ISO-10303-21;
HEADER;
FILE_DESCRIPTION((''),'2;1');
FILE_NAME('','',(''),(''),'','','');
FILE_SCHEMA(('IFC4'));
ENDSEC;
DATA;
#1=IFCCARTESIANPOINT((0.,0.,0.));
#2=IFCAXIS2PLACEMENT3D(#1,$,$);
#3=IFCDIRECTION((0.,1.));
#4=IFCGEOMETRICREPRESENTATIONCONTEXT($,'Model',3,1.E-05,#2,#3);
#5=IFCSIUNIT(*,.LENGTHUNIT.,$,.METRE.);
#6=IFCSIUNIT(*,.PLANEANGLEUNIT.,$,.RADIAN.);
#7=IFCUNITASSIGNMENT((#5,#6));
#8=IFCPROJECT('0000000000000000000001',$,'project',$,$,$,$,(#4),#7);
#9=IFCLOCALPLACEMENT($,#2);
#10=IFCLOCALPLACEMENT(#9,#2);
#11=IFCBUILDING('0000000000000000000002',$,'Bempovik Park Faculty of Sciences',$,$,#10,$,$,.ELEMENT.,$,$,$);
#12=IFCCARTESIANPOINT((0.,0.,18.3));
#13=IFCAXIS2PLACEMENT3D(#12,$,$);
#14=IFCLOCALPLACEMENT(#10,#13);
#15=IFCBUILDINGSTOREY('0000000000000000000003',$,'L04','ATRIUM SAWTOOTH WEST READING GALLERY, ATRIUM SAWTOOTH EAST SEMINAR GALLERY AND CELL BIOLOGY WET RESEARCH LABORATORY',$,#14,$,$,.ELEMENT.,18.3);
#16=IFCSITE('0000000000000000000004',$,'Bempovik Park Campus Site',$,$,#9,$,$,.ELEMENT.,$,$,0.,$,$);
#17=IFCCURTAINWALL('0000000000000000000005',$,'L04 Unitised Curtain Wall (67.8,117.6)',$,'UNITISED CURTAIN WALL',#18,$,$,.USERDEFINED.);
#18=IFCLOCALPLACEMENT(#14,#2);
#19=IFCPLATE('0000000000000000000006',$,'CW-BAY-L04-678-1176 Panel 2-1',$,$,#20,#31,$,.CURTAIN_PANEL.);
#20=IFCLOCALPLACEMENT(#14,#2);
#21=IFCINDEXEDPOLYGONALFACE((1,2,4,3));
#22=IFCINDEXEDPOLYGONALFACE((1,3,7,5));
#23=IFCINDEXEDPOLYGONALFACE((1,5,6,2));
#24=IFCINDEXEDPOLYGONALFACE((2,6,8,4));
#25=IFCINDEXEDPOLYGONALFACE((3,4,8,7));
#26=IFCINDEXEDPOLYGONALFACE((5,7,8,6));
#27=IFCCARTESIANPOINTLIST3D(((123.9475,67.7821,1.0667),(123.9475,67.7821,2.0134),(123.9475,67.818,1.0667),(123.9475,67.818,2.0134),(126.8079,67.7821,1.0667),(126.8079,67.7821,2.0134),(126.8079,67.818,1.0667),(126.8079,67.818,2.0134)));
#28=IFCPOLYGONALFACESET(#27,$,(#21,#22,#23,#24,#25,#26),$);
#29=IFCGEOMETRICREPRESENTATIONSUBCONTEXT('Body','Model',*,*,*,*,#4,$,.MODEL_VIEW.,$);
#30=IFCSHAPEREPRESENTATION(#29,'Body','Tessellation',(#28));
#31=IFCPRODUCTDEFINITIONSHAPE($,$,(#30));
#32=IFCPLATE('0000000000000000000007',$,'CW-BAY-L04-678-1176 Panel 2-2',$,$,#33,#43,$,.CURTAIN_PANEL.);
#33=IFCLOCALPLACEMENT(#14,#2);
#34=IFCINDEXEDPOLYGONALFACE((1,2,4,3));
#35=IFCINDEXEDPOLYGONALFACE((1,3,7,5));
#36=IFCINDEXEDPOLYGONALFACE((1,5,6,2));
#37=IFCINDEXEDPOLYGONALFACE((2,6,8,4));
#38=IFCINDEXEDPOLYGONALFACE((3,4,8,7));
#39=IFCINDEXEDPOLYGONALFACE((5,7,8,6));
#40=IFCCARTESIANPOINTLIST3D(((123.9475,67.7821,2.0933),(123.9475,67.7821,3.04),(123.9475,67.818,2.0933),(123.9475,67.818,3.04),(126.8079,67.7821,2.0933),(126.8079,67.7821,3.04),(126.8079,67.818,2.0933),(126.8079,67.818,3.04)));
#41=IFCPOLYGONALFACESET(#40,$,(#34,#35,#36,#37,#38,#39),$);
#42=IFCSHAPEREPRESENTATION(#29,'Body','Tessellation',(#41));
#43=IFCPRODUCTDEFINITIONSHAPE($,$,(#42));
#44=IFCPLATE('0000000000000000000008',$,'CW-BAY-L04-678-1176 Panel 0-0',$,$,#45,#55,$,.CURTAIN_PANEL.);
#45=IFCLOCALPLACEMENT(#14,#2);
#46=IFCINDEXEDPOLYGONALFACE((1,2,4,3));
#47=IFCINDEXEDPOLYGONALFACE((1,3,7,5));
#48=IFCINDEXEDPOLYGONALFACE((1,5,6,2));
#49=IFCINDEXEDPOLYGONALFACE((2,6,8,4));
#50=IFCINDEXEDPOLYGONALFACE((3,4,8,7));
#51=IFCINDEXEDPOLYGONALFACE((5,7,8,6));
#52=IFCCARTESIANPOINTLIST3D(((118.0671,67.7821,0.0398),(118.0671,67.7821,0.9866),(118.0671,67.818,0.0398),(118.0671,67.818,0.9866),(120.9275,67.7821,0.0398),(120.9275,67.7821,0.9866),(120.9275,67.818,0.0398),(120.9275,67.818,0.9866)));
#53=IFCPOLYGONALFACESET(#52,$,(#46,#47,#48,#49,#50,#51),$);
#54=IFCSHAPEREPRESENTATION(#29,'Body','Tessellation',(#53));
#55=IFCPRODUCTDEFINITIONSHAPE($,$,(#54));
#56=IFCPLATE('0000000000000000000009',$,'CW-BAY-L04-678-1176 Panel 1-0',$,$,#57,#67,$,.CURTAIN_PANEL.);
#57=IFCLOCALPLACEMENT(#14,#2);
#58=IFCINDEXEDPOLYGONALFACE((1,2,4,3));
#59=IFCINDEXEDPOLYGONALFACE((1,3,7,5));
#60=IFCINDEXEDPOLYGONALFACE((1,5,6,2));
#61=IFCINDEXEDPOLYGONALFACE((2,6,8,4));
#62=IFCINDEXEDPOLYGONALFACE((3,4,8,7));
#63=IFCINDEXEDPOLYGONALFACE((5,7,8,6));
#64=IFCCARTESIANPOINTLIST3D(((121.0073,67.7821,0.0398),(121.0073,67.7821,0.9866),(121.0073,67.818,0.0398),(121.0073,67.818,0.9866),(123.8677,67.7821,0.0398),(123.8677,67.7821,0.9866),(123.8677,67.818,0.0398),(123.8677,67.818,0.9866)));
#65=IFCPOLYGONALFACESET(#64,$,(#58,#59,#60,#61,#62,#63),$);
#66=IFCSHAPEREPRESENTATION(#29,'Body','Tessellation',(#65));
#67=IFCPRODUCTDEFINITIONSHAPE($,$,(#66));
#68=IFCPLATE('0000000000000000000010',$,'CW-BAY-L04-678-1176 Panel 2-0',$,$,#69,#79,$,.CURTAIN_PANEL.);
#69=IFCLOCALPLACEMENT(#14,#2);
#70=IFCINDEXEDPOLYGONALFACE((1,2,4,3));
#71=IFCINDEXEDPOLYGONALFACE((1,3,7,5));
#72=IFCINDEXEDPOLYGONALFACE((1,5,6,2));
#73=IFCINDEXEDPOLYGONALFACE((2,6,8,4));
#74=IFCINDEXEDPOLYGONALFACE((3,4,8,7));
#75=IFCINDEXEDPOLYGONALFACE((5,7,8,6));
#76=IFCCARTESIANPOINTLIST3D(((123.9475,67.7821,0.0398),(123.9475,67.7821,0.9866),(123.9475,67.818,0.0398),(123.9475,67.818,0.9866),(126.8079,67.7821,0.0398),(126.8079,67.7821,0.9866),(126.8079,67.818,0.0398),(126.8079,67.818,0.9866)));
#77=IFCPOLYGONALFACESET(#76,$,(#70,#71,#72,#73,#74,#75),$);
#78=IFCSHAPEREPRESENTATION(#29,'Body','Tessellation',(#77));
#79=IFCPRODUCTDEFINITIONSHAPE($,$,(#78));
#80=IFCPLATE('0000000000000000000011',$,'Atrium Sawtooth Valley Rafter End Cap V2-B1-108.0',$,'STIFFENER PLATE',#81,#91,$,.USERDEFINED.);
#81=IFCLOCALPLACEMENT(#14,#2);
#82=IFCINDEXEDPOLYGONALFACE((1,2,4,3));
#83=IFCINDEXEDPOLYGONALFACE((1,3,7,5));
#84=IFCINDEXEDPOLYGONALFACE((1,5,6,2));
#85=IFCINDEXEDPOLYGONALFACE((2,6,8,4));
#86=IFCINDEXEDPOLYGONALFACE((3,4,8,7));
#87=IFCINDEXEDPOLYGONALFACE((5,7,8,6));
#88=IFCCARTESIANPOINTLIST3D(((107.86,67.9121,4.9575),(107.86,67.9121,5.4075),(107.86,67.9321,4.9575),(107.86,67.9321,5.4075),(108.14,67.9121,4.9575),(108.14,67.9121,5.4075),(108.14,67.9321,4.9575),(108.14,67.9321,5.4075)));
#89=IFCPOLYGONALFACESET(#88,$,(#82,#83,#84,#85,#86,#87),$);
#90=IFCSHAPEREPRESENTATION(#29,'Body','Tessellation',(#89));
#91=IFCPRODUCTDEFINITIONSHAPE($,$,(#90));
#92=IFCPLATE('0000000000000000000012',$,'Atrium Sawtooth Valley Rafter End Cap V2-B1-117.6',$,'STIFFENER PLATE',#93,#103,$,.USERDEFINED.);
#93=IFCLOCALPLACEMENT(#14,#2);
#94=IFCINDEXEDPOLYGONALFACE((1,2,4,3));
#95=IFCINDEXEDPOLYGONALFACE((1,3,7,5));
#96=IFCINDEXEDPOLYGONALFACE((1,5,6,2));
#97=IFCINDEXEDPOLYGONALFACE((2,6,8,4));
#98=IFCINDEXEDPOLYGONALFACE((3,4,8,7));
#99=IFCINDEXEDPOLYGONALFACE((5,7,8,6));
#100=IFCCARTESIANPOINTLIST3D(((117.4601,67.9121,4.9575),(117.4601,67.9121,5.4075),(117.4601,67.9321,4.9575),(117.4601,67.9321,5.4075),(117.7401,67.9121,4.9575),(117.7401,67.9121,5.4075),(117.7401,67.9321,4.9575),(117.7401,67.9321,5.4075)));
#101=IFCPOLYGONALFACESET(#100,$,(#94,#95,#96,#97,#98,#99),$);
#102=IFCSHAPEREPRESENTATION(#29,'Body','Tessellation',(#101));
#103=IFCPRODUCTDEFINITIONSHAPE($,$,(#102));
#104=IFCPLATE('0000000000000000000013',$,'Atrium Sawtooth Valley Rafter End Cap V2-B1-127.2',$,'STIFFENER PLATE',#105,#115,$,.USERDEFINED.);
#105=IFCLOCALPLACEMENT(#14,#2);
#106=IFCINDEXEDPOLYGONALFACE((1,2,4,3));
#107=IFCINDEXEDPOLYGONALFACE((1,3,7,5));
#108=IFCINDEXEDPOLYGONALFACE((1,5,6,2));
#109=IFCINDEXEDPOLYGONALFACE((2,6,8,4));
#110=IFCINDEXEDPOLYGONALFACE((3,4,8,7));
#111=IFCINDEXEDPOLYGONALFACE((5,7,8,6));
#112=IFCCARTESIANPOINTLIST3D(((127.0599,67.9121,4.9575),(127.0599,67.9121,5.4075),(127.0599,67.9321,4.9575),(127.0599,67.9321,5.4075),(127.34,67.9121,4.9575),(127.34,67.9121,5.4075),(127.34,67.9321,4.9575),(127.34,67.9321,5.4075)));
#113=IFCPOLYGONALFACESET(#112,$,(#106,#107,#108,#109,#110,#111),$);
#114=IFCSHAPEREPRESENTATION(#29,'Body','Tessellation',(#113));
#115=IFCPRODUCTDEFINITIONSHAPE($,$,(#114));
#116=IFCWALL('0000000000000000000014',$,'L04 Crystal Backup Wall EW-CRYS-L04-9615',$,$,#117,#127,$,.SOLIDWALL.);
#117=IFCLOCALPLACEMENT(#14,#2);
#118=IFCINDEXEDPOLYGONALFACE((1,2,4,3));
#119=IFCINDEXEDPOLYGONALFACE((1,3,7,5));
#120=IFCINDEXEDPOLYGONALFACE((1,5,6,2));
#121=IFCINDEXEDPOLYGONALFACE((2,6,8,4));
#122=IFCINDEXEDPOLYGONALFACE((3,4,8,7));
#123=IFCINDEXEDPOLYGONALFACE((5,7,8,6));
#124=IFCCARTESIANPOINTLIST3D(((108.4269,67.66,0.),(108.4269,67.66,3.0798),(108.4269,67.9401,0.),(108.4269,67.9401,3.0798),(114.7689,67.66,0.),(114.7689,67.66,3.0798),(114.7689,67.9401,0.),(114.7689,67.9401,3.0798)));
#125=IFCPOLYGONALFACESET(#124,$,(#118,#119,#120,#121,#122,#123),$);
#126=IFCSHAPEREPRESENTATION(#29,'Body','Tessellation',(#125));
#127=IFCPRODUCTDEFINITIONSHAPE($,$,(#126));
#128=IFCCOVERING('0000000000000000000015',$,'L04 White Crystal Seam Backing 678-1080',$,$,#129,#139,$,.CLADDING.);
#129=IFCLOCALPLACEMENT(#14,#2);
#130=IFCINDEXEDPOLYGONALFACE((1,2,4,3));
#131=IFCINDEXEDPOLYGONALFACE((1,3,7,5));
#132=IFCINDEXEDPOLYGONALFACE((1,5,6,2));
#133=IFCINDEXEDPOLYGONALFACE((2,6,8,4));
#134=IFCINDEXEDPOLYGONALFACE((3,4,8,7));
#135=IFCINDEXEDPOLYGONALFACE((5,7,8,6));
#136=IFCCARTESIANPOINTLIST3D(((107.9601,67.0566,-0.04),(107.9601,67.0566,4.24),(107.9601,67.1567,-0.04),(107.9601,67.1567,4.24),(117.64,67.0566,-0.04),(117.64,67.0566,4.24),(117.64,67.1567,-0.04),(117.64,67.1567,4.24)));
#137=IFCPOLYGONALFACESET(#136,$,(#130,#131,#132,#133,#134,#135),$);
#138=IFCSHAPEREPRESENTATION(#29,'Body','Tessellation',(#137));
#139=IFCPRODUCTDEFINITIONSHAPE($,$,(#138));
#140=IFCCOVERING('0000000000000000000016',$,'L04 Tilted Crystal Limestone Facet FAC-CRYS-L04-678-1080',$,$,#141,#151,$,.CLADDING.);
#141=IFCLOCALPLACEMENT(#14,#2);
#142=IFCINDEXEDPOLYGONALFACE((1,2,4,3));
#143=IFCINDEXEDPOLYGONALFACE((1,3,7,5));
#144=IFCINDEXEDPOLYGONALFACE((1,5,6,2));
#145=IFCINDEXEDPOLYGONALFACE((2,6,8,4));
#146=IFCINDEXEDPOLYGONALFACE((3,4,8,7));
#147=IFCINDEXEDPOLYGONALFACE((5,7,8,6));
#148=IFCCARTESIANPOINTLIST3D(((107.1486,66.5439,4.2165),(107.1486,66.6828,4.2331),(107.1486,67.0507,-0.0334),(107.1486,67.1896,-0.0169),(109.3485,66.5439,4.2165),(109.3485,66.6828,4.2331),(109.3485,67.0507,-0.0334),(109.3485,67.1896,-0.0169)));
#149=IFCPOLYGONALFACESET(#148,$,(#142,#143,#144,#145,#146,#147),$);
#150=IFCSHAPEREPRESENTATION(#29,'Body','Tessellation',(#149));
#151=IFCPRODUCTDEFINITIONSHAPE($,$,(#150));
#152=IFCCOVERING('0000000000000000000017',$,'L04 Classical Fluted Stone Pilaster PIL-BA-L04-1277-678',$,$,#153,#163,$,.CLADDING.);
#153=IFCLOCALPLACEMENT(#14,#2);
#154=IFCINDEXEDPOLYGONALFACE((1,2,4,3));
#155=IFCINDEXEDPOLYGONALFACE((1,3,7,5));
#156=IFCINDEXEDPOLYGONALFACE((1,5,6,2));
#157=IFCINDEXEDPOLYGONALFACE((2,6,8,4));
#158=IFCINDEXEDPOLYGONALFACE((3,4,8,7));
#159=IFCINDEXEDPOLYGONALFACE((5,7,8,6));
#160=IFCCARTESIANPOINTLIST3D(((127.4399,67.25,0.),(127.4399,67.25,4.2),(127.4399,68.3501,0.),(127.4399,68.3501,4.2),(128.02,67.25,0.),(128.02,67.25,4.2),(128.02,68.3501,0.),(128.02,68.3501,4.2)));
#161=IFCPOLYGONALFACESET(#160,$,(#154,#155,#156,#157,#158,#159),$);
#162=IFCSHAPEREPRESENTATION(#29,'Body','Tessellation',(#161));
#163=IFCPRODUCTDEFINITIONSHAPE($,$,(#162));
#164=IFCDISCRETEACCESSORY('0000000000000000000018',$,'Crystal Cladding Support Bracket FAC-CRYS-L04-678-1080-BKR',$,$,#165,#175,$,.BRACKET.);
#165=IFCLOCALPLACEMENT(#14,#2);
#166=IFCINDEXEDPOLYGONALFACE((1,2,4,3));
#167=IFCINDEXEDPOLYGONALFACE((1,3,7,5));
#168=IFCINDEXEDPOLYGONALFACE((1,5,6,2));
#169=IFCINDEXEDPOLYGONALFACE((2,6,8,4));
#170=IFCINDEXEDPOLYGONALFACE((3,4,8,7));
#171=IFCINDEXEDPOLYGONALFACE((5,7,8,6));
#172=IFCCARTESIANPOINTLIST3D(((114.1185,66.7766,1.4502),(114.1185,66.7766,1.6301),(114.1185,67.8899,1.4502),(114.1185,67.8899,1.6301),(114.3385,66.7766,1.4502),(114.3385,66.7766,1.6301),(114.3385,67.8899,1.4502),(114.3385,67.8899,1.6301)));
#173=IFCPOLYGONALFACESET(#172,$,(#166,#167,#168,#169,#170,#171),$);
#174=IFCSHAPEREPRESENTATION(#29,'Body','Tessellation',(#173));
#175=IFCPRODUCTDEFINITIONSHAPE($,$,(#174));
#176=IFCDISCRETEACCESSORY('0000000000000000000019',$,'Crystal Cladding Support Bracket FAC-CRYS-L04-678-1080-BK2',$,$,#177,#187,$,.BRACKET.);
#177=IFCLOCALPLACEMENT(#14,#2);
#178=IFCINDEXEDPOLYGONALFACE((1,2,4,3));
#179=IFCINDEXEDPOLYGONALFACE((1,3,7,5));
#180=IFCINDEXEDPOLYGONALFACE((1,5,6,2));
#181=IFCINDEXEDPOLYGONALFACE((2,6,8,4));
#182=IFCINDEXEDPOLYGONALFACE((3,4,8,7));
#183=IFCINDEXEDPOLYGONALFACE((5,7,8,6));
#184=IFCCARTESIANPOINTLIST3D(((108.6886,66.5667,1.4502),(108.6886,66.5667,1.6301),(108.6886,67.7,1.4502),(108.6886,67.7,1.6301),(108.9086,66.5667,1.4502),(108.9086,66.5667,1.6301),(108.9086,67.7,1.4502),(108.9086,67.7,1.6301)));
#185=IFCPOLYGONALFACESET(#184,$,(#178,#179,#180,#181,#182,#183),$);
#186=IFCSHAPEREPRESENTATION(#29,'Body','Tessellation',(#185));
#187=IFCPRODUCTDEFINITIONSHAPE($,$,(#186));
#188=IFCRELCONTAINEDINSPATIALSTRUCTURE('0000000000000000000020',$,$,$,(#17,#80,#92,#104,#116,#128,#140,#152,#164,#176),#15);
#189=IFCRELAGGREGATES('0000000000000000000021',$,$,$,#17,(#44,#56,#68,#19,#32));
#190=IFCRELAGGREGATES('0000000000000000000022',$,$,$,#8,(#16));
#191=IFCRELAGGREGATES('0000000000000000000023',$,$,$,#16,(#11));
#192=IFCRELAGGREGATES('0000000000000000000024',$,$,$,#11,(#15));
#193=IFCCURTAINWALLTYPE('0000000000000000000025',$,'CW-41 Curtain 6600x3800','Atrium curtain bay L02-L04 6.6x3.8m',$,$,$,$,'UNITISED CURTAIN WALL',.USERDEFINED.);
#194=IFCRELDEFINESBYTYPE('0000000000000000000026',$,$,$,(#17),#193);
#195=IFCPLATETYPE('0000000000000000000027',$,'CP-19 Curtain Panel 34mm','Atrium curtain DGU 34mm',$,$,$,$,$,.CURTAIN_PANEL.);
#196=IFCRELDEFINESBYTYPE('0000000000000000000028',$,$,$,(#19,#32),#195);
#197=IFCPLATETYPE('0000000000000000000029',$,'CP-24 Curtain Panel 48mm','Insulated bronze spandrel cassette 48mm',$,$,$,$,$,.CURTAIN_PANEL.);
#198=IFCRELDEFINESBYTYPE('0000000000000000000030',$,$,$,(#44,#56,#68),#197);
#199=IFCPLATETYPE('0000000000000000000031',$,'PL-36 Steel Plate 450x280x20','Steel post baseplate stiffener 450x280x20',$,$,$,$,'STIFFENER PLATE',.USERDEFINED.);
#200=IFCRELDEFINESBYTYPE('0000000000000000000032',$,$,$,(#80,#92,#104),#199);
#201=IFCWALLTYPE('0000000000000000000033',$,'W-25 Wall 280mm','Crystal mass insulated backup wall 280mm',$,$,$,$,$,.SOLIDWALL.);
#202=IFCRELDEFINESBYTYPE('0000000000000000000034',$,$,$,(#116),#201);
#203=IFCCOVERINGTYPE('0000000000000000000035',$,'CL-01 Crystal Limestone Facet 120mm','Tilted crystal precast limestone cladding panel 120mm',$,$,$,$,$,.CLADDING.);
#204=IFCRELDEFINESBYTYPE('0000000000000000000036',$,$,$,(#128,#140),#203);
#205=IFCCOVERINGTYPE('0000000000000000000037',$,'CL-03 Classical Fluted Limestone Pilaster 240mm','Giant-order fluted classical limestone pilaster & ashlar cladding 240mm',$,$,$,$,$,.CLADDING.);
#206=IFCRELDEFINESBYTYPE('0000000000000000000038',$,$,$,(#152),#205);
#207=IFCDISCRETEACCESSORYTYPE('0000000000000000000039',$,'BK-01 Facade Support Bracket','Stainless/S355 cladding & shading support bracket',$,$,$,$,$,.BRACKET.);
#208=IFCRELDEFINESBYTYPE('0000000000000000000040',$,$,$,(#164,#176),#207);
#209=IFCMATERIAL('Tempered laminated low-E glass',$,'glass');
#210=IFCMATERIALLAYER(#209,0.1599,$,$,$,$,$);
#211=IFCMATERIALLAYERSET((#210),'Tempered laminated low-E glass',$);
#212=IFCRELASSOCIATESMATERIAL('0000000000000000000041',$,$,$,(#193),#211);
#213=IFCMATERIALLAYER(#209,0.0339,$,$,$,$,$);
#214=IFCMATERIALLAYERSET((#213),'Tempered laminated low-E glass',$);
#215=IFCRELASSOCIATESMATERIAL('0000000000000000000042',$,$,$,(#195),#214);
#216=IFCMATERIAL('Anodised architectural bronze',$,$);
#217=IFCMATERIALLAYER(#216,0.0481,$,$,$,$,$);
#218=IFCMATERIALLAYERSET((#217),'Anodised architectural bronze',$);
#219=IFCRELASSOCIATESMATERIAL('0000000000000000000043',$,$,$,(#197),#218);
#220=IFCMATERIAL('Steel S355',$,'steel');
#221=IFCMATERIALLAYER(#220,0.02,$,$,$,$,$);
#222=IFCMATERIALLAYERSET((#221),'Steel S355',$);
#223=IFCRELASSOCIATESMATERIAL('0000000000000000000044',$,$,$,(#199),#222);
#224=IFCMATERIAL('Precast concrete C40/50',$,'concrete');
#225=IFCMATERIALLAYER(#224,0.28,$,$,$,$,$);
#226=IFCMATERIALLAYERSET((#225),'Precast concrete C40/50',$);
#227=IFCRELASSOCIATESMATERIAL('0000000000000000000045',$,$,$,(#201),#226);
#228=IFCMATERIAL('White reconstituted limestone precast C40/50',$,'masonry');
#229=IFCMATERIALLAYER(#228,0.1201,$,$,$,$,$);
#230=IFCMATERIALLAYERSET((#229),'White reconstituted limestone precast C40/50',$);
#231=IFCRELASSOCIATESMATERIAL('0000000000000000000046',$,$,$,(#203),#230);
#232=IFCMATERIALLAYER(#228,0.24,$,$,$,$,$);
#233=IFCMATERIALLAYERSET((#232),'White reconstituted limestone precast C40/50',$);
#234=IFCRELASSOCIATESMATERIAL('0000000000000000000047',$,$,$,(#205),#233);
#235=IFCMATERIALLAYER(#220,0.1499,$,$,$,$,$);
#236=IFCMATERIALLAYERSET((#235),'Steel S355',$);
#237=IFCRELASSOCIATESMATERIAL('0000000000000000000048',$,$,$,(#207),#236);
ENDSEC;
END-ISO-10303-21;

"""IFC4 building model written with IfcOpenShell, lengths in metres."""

from ifc_helpers import new_model, si_unit, direction, frame, frame_2d, origin, origin_2d, place, context, subcontext, project, spatial, rectangle, extrude, material, layer, layer_set, type_object, element, aggregate, save


model = new_model("IFC4")

# Units and contexts
model_context = context("Model", 3, precision=1e-05, world=origin(), true_north=direction((0.0, 1.0)))
body_context = subcontext(model_context, "Body", "Model", "MODEL_VIEW")
ifc_project = project(units=[si_unit("LENGTHUNIT", "METRE"), si_unit("PLANEANGLEUNIT", "RADIAN")], contexts=[model_context])

# Site, building, storey
site_placement = place(None, origin())
site = spatial("IfcSite", under=ifc_project, at=site_placement, Name="Bempovik Park Campus Site", CompositionType="ELEMENT", RefElevation=0.0)
building_placement = place(site_placement, origin())
building = spatial("IfcBuilding", under=site, at=building_placement, Name="Bempovik Park Faculty of Sciences", CompositionType="ELEMENT")
storey_placement = place(building_placement, frame((0.0, 0.0, 18.3)))
storey = spatial("IfcBuildingStorey", under=building, at=storey_placement, Name="L04", Description="ATRIUM SAWTOOTH WEST READING GALLERY, ATRIUM SAWTOOTH EAST SEMINAR GALLERY AND CELL BIOLOGY WET RESEARCH LABORATORY", CompositionType="ELEMENT", Elevation=18.3)

# Shared definitions
ifc_material_1 = material(Name="Steel S355", Category="steel")

# Curtain wall, plates
ifc_material_2 = material(Name="Tempered laminated low-E glass", Category="glass")
ifc_layer_1 = layer(ifc_material_2, 0.1599)
ifc_layer_set_1 = layer_set([ifc_layer_1], Name="Tempered laminated low-E glass")
curtain_wall_type = type_object("IfcCurtainWallType", Name="CW-41 Curtain 6600x3800", Description="Atrium curtain bay L02-L04 6.6x3.8m", ElementType="UNITISED CURTAIN WALL", PredefinedType="USERDEFINED", material=ifc_layer_set_1)
curtain_wall_placement = place(storey_placement, origin())
curtain_wall = element("IfcCurtainWall", 1, at=curtain_wall_placement, inside=storey, type_object=curtain_wall_type, Name="L04 Unitised Curtain Wall (67.8,117.6)", ObjectType="UNITISED CURTAIN WALL", PredefinedType="USERDEFINED")
ifc_layer_2 = layer(ifc_material_2, 0.0339)
ifc_layer_set_2 = layer_set([ifc_layer_2], Name="Tempered laminated low-E glass")
plate_type_1 = type_object("IfcPlateType", Name="CP-19 Curtain Panel 34mm", Description="Atrium curtain DGU 34mm", PredefinedType="CURTAIN_PANEL", material=ifc_layer_set_2)
plate_1_placement = place(storey_placement, frame((125.3777, 67.8, 1.0667), z_axis=(0.0, 0.0, 1.0), x_axis=(1.0, 0.0, 0.0)))
plate_1 = element("IfcPlate", 2, at=plate_1_placement, type_object=plate_type_1, Name="CW-BAY-L04-678-1176 Panel 2-1", PredefinedType="CURTAIN_PANEL", context=body_context, shape_type="SweptSolid", body=[
    extrude(rectangle(XDim=2.8604, YDim=0.0359, at=origin_2d()), origin(), (0.0, 0.0, 1.0), 0.9468),
])
plate_2_placement = place(storey_placement, frame((125.3777, 67.8, 2.0933), z_axis=(0.0, 0.0, 1.0), x_axis=(1.0, 0.0, 0.0)))
plate_2 = element("IfcPlate", 3, at=plate_2_placement, type_object=plate_type_1, Name="CW-BAY-L04-678-1176 Panel 2-2", PredefinedType="CURTAIN_PANEL", context=body_context, shape_type="SweptSolid", body=[
    extrude(rectangle(XDim=2.8604, YDim=0.0359, at=origin_2d()), origin(), (0.0, 0.0, 1.0), 0.9468),
])
ifc_material_3 = material(Name="Anodised architectural bronze")
ifc_layer_3 = layer(ifc_material_3, 0.0481)
ifc_layer_set_3 = layer_set([ifc_layer_3], Name="Anodised architectural bronze")
plate_type_2 = type_object("IfcPlateType", Name="CP-24 Curtain Panel 48mm", Description="Insulated bronze spandrel cassette 48mm", PredefinedType="CURTAIN_PANEL", material=ifc_layer_set_3)
plate_3_placement = place(storey_placement, frame((119.4973, 67.8, 0.0398), z_axis=(0.0, 0.0, 1.0), x_axis=(1.0, 0.0, 0.0)))
plate_3 = element("IfcPlate", 4, at=plate_3_placement, type_object=plate_type_2, Name="CW-BAY-L04-678-1176 Panel 0-0", PredefinedType="CURTAIN_PANEL", context=body_context, shape_type="SweptSolid", body=[
    extrude(rectangle(XDim=2.8604, YDim=0.0359, at=origin_2d()), origin(), (0.0, 0.0, 1.0), 0.9468),
])
plate_4_placement = place(storey_placement, frame((122.4375, 67.8, 0.0398), z_axis=(0.0, 0.0, 1.0), x_axis=(1.0, 0.0, 0.0)))
plate_4 = element("IfcPlate", 5, at=plate_4_placement, type_object=plate_type_2, Name="CW-BAY-L04-678-1176 Panel 1-0", PredefinedType="CURTAIN_PANEL", context=body_context, shape_type="SweptSolid", body=[
    extrude(rectangle(XDim=2.8604, YDim=0.0359, at=origin_2d()), origin(), (0.0, 0.0, 1.0), 0.9468),
])
plate_5_placement = place(storey_placement, frame((125.3777, 67.8, 0.0398), z_axis=(0.0, 0.0, 1.0), x_axis=(1.0, 0.0, 0.0)))
plate_5 = element("IfcPlate", 6, at=plate_5_placement, type_object=plate_type_2, Name="CW-BAY-L04-678-1176 Panel 2-0", PredefinedType="CURTAIN_PANEL", context=body_context, shape_type="SweptSolid", body=[
    extrude(rectangle(XDim=2.8604, YDim=0.0359, at=origin_2d()), origin(), (0.0, 0.0, 1.0), 0.9468),
])
aggregate(curtain_wall, [plate_3, plate_4, plate_5, plate_1, plate_2])

# Plates
ifc_layer_4 = layer(ifc_material_1, 0.02)
ifc_layer_set_4 = layer_set([ifc_layer_4], Name="Steel S355")
plate_type_3 = type_object("IfcPlateType", Name="PL-36 Steel Plate 450x280x20", Description="Steel post baseplate stiffener 450x280x20", ElementType="STIFFENER PLATE", PredefinedType="USERDEFINED", material=ifc_layer_set_4)
for number, where, z_axis, x_axis, name in (
    (7, (108.0, 67.9221, 4.9575), (0.0, 0.0, 1.0), (1.0, 0.0, 0.0), "Atrium Sawtooth Valley Rafter End Cap V2-B1-108.0"),
    (8, (117.6001, 67.9221, 4.9575), (0.0, 0.0, 1.0), (1.0, 0.0, 0.0), "Atrium Sawtooth Valley Rafter End Cap V2-B1-117.6"),
    (9, (127.2, 67.9221, 4.9575), (0.0, 0.0, 1.0), (1.0, 0.0, 0.0), "Atrium Sawtooth Valley Rafter End Cap V2-B1-127.2"),
):
    element("IfcPlate", number, at=place(storey_placement, frame(where, z_axis=z_axis, x_axis=x_axis)), inside=storey, type_object=plate_type_3, Name=name, ObjectType="STIFFENER PLATE", PredefinedType="USERDEFINED", context=body_context, shape_type="SweptSolid", body=[
        extrude(rectangle(XDim=0.28, YDim=0.02, at=origin_2d()), origin(), (0.0, 0.0, 1.0), 0.45),
    ])

# Wall
ifc_material_4 = material(Name="Precast concrete C40/50", Category="concrete")
ifc_layer_5 = layer(ifc_material_4, 0.28)
ifc_layer_set_5 = layer_set([ifc_layer_5], Name="Precast concrete C40/50")
wall_type = type_object("IfcWallType", Name="W-25 Wall 280mm", Description="Crystal mass insulated backup wall 280mm", PredefinedType="SOLIDWALL", material=ifc_layer_set_5)
wall_placement = place(storey_placement, frame((108.427, 67.8, 0.0), z_axis=(0.0, 0.0, 1.0), x_axis=(1.0, 0.0, 0.0)))
element("IfcWall", 10, at=wall_placement, inside=storey, type_object=wall_type, Name="L04 Crystal Backup Wall EW-CRYS-L04-9615", PredefinedType="SOLIDWALL", context=body_context, shape_type="SweptSolid", body=[
    extrude(rectangle(XDim=6.342, YDim=0.28, at=frame_2d((3.1709, 0.0))), origin(), (0.0, 0.0, 1.0), 3.0798),
])

# Coverings
ifc_material_5 = material(Name="White reconstituted limestone precast C40/50", Category="masonry")
ifc_layer_6 = layer(ifc_material_5, 0.1201)
ifc_layer_set_6 = layer_set([ifc_layer_6], Name="White reconstituted limestone precast C40/50")
covering_type_1 = type_object("IfcCoveringType", Name="CL-01 Crystal Limestone Facet 120mm", Description="Tilted crystal precast limestone cladding panel 120mm", PredefinedType="CLADDING", material=ifc_layer_set_6)
covering_1_placement = place(storey_placement, frame((112.8, 67.1067, -0.04), z_axis=(0.0, 0.0, 1.0), x_axis=(1.0, 0.0, 0.0)))
element("IfcCovering", 11, at=covering_1_placement, inside=storey, type_object=covering_type_1, Name="L04 White Crystal Seam Backing 678-1080", PredefinedType="CLADDING", context=body_context, shape_type="SweptSolid", body=[
    extrude(rectangle(XDim=9.6799, YDim=0.1001, at=origin_2d()), origin(), (0.0, 0.0, 1.0), 4.28),
])
covering_2_placement = place(storey_placement, frame((108.2485, 67.1201, -0.0251), z_axis=(0.0, -0.118404, 0.992966), x_axis=(1.0, 0.0, 0.0)))
element("IfcCovering", 12, at=covering_2_placement, inside=storey, type_object=covering_type_1, Name="L04 Tilted Crystal Limestone Facet FAC-CRYS-L04-678-1080", PredefinedType="CLADDING", context=body_context, shape_type="SweptSolid", body=[
    extrude(rectangle(XDim=2.2, YDim=0.1399, at=origin_2d()), origin(), (0.0, 0.0, 1.0), 4.28),
])
ifc_layer_7 = layer(ifc_material_5, 0.24)
ifc_layer_set_7 = layer_set([ifc_layer_7], Name="White reconstituted limestone precast C40/50")
covering_type_2 = type_object("IfcCoveringType", Name="CL-03 Classical Fluted Limestone Pilaster 240mm", Description="Giant-order fluted classical limestone pilaster & ashlar cladding 240mm", PredefinedType="CLADDING", material=ifc_layer_set_7)
covering_3_placement = place(storey_placement, frame((127.73, 67.8, 0.0), z_axis=(0.0, 0.0, 1.0), x_axis=(1.0, 0.0, 0.0)))
element("IfcCovering", 13, at=covering_3_placement, inside=storey, type_object=covering_type_2, Name="L04 Classical Fluted Stone Pilaster PIL-BA-L04-1277-678", PredefinedType="CLADDING", context=body_context, shape_type="SweptSolid", body=[
    extrude(rectangle(XDim=0.5801, YDim=1.1001, at=origin_2d()), origin(), (0.0, 0.0, 1.0), 4.2),
])

# Discrete accessories
ifc_layer_8 = layer(ifc_material_1, 0.1499)
ifc_layer_set_8 = layer_set([ifc_layer_8], Name="Steel S355")
discrete_accessory_type = type_object("IfcDiscreteAccessoryType", Name="BK-01 Facade Support Bracket", Description="Stainless/S355 cladding & shading support bracket", PredefinedType="BRACKET", material=ifc_layer_set_8)
discrete_accessory_1_placement = place(storey_placement, frame((114.2285, 67.3333, 1.4502), z_axis=(0.0, 0.0, 1.0), x_axis=(1.0, 0.0, 0.0)))
element("IfcDiscreteAccessory", 14, at=discrete_accessory_1_placement, inside=storey, type_object=discrete_accessory_type, Name="Crystal Cladding Support Bracket FAC-CRYS-L04-678-1080-BKR", PredefinedType="BRACKET", context=body_context, shape_type="SweptSolid", body=[
    extrude(rectangle(XDim=0.22, YDim=1.1133, at=origin_2d()), origin(), (0.0, 0.0, 1.0), 0.1799),
])
discrete_accessory_2_placement = place(storey_placement, frame((108.7986, 67.1333, 1.4502), z_axis=(0.0, 0.0, 1.0), x_axis=(1.0, 0.0, 0.0)))
element("IfcDiscreteAccessory", 15, at=discrete_accessory_2_placement, inside=storey, type_object=discrete_accessory_type, Name="Crystal Cladding Support Bracket FAC-CRYS-L04-678-1080-BK2", PredefinedType="BRACKET", context=body_context, shape_type="SweptSolid", body=[
    extrude(rectangle(XDim=0.22, YDim=1.1333, at=origin_2d()), origin(), (0.0, 0.0, 1.0), 0.1799),
])

save(model, "model.ifc")
